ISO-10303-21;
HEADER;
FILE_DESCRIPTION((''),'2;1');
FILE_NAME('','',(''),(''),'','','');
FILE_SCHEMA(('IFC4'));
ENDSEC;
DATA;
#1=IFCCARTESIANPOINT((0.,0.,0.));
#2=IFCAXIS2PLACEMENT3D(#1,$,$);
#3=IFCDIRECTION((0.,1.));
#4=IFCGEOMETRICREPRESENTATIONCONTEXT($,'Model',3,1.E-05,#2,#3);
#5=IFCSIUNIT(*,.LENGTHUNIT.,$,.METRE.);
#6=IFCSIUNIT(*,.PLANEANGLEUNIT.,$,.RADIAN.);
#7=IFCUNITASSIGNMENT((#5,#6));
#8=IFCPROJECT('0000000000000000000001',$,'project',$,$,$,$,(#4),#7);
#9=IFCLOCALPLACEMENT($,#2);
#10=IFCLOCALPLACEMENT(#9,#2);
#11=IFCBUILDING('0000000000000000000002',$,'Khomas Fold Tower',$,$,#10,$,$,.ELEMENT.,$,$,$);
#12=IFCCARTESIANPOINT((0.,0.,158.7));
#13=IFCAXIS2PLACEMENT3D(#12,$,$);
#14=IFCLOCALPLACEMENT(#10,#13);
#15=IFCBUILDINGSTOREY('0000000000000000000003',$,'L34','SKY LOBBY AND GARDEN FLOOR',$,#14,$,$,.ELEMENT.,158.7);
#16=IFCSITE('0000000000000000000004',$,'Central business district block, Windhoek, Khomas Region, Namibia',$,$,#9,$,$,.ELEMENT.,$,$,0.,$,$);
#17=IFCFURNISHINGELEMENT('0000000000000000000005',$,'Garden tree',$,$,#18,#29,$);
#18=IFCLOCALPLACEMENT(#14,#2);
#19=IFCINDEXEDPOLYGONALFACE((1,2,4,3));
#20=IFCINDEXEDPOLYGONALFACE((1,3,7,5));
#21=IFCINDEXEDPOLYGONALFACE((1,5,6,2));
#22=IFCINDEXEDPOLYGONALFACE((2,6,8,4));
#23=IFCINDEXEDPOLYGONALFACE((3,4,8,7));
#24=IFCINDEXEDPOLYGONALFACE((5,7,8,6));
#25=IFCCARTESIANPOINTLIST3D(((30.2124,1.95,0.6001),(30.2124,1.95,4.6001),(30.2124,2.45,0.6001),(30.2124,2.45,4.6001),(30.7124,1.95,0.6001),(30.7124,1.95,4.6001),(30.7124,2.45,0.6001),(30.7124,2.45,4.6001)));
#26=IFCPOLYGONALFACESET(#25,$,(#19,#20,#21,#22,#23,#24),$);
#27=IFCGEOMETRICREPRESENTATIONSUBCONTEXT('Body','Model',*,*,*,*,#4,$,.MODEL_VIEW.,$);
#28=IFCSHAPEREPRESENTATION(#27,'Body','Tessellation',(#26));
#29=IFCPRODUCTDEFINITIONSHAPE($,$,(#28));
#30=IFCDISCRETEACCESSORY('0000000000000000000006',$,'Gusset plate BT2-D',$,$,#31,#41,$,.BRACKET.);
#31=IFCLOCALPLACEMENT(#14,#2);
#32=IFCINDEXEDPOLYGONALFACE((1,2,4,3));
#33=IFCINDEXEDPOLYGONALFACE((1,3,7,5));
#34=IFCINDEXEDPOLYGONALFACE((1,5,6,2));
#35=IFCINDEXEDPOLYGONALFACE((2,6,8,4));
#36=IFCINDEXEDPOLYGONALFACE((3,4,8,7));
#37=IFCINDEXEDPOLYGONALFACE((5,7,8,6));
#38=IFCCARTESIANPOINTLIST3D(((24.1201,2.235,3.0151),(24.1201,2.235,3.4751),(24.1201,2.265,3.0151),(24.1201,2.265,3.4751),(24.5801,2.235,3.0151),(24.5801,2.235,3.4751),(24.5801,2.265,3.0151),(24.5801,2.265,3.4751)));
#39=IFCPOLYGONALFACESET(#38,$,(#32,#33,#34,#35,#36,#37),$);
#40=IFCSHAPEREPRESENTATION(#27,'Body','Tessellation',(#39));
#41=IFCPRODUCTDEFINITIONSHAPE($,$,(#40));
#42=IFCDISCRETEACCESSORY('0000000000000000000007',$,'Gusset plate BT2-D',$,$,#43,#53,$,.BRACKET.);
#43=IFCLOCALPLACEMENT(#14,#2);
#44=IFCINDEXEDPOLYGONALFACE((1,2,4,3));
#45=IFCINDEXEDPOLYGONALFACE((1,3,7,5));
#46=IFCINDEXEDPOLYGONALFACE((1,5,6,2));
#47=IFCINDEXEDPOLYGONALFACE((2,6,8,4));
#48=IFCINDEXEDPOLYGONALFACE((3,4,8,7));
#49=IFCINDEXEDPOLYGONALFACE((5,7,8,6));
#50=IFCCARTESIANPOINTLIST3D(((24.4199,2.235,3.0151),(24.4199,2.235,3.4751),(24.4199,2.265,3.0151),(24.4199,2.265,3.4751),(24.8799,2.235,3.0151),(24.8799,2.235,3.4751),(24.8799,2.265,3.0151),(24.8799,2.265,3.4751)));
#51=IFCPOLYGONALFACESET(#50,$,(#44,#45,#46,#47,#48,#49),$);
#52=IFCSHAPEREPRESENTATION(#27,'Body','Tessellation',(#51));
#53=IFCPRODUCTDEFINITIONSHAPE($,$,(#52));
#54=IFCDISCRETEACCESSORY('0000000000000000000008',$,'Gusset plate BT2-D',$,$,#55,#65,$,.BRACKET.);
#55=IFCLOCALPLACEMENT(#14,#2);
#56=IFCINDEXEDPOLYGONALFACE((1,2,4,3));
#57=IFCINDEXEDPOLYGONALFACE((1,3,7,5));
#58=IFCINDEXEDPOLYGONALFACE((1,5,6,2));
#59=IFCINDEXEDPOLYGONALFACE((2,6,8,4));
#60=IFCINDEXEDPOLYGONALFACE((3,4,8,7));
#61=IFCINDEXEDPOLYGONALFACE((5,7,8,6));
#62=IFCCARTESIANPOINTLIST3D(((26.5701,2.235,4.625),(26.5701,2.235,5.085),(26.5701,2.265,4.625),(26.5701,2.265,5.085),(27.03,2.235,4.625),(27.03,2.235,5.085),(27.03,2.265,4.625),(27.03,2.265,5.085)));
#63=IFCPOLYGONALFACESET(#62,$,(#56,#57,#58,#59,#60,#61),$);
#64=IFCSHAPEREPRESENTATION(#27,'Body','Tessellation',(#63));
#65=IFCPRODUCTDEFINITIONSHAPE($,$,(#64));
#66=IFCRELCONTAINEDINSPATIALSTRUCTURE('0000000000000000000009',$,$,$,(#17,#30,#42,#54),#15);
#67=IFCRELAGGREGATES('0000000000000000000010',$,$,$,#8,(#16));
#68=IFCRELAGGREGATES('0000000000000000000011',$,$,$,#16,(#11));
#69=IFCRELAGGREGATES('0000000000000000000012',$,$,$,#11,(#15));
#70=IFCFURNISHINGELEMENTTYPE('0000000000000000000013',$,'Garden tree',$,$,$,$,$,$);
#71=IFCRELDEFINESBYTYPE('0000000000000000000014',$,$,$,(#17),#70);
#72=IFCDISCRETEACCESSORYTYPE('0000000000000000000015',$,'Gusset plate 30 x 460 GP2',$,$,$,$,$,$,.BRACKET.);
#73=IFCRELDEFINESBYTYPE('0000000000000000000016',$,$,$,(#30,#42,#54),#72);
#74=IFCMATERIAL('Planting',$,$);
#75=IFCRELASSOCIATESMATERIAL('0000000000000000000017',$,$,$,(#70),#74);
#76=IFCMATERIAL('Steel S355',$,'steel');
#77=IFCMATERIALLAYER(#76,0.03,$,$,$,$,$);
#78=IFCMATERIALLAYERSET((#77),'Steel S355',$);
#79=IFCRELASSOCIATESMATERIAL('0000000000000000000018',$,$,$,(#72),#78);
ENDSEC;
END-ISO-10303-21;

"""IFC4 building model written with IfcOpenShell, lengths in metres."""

from ifc_helpers import new_model, si_unit, direction, frame, origin, origin_2d, place, context, subcontext, project, spatial, rectangle, extrude, source, transform, mapped, material, layer, layer_set, type_object, element, save


model = new_model("IFC4")

# Units and contexts
model_context = context("Model", 3, precision=1e-05, world=origin(), true_north=direction((0.0, 1.0)))
body_context = subcontext(model_context, "Body", "Model", "MODEL_VIEW")
ifc_project = project(units=[si_unit("LENGTHUNIT", "METRE"), si_unit("PLANEANGLEUNIT", "RADIAN")], contexts=[model_context])

# Site, building, storey
site_placement = place(None, origin())
site = spatial("IfcSite", under=ifc_project, at=site_placement, Name="Central business district block, Windhoek, Khomas Region, Namibia", CompositionType="ELEMENT", RefElevation=0.0)
building_placement = place(site_placement, origin())
building = spatial("IfcBuilding", under=site, at=building_placement, Name="Khomas Fold Tower", CompositionType="ELEMENT")
storey_placement = place(building_placement, frame((0.0, 0.0, 158.7)))
storey = spatial("IfcBuildingStorey", under=building, at=storey_placement, Name="L34", Description="SKY LOBBY AND GARDEN FLOOR", CompositionType="ELEMENT", Elevation=158.7)

# Furnishing element
ifc_material_1 = material(Name="Planting")
furnishing_element_type_1 = type_object("IfcFurnishingElementType", Name="Garden tree", material=ifc_material_1)
shared_shape_1 = source(origin(), body_context, "Body", "SweptSolid", [
    extrude(rectangle(XDim=0.5, YDim=0.5, at=origin_2d()), origin(), (0.0, 0.0, 1.0), 4.0),
])
for number, where, z_axis, x_axis, name in (
    (1, (30.4624, 2.2, 0.6001), (0.0, 0.0, 1.0), (1.0, 0.0, 0.0), "Garden tree"),
):
    element("IfcFurnishingElement", number, at=place(storey_placement, frame(where, z_axis=z_axis, x_axis=x_axis)), inside=storey, type_object=furnishing_element_type_1, Name=name, context=body_context, shape_type="MappedRepresentation", body=[
        mapped(shared_shape_1, transform((0.0, 0.0, 0.0))),
    ])

# Discrete accessories
ifc_material_2 = material(Name="Steel S355", Category="steel")
ifc_layer_1 = layer(ifc_material_2, 0.03)
ifc_layer_set_1 = layer_set([ifc_layer_1], Name="Steel S355")
discrete_accessory_type = type_object("IfcDiscreteAccessoryType", Name="Gusset plate 30 x 460 GP2", PredefinedType="BRACKET", material=ifc_layer_set_1)
shared_shape_2 = source(origin(), body_context, "Body", "SweptSolid", [
    extrude(rectangle(XDim=0.46, YDim=0.03, at=origin_2d()), origin(), (0.0, 0.0, 1.0), 0.46),
])
for number, where, z_axis, x_axis, name in (
    (2, (24.3501, 2.25, 3.0151), (0.0, 0.0, 1.0), (1.0, 0.0, 0.0), "Gusset plate BT2-D"),
    (3, (24.6499, 2.25, 3.0151), (0.0, 0.0, 1.0), (1.0, 0.0, 0.0), "Gusset plate BT2-D"),
    (4, (26.8, 2.25, 4.625), (0.0, 0.0, 1.0), (1.0, 0.0, 0.0), "Gusset plate BT2-D"),
):
    element("IfcDiscreteAccessory", number, at=place(storey_placement, frame(where, z_axis=z_axis, x_axis=x_axis)), inside=storey, type_object=discrete_accessory_type, Name=name, PredefinedType="BRACKET", context=body_context, shape_type="MappedRepresentation", body=[
        mapped(shared_shape_2, transform((0.0, 0.0, 0.0))),
    ])

save(model, "model.ifc")
